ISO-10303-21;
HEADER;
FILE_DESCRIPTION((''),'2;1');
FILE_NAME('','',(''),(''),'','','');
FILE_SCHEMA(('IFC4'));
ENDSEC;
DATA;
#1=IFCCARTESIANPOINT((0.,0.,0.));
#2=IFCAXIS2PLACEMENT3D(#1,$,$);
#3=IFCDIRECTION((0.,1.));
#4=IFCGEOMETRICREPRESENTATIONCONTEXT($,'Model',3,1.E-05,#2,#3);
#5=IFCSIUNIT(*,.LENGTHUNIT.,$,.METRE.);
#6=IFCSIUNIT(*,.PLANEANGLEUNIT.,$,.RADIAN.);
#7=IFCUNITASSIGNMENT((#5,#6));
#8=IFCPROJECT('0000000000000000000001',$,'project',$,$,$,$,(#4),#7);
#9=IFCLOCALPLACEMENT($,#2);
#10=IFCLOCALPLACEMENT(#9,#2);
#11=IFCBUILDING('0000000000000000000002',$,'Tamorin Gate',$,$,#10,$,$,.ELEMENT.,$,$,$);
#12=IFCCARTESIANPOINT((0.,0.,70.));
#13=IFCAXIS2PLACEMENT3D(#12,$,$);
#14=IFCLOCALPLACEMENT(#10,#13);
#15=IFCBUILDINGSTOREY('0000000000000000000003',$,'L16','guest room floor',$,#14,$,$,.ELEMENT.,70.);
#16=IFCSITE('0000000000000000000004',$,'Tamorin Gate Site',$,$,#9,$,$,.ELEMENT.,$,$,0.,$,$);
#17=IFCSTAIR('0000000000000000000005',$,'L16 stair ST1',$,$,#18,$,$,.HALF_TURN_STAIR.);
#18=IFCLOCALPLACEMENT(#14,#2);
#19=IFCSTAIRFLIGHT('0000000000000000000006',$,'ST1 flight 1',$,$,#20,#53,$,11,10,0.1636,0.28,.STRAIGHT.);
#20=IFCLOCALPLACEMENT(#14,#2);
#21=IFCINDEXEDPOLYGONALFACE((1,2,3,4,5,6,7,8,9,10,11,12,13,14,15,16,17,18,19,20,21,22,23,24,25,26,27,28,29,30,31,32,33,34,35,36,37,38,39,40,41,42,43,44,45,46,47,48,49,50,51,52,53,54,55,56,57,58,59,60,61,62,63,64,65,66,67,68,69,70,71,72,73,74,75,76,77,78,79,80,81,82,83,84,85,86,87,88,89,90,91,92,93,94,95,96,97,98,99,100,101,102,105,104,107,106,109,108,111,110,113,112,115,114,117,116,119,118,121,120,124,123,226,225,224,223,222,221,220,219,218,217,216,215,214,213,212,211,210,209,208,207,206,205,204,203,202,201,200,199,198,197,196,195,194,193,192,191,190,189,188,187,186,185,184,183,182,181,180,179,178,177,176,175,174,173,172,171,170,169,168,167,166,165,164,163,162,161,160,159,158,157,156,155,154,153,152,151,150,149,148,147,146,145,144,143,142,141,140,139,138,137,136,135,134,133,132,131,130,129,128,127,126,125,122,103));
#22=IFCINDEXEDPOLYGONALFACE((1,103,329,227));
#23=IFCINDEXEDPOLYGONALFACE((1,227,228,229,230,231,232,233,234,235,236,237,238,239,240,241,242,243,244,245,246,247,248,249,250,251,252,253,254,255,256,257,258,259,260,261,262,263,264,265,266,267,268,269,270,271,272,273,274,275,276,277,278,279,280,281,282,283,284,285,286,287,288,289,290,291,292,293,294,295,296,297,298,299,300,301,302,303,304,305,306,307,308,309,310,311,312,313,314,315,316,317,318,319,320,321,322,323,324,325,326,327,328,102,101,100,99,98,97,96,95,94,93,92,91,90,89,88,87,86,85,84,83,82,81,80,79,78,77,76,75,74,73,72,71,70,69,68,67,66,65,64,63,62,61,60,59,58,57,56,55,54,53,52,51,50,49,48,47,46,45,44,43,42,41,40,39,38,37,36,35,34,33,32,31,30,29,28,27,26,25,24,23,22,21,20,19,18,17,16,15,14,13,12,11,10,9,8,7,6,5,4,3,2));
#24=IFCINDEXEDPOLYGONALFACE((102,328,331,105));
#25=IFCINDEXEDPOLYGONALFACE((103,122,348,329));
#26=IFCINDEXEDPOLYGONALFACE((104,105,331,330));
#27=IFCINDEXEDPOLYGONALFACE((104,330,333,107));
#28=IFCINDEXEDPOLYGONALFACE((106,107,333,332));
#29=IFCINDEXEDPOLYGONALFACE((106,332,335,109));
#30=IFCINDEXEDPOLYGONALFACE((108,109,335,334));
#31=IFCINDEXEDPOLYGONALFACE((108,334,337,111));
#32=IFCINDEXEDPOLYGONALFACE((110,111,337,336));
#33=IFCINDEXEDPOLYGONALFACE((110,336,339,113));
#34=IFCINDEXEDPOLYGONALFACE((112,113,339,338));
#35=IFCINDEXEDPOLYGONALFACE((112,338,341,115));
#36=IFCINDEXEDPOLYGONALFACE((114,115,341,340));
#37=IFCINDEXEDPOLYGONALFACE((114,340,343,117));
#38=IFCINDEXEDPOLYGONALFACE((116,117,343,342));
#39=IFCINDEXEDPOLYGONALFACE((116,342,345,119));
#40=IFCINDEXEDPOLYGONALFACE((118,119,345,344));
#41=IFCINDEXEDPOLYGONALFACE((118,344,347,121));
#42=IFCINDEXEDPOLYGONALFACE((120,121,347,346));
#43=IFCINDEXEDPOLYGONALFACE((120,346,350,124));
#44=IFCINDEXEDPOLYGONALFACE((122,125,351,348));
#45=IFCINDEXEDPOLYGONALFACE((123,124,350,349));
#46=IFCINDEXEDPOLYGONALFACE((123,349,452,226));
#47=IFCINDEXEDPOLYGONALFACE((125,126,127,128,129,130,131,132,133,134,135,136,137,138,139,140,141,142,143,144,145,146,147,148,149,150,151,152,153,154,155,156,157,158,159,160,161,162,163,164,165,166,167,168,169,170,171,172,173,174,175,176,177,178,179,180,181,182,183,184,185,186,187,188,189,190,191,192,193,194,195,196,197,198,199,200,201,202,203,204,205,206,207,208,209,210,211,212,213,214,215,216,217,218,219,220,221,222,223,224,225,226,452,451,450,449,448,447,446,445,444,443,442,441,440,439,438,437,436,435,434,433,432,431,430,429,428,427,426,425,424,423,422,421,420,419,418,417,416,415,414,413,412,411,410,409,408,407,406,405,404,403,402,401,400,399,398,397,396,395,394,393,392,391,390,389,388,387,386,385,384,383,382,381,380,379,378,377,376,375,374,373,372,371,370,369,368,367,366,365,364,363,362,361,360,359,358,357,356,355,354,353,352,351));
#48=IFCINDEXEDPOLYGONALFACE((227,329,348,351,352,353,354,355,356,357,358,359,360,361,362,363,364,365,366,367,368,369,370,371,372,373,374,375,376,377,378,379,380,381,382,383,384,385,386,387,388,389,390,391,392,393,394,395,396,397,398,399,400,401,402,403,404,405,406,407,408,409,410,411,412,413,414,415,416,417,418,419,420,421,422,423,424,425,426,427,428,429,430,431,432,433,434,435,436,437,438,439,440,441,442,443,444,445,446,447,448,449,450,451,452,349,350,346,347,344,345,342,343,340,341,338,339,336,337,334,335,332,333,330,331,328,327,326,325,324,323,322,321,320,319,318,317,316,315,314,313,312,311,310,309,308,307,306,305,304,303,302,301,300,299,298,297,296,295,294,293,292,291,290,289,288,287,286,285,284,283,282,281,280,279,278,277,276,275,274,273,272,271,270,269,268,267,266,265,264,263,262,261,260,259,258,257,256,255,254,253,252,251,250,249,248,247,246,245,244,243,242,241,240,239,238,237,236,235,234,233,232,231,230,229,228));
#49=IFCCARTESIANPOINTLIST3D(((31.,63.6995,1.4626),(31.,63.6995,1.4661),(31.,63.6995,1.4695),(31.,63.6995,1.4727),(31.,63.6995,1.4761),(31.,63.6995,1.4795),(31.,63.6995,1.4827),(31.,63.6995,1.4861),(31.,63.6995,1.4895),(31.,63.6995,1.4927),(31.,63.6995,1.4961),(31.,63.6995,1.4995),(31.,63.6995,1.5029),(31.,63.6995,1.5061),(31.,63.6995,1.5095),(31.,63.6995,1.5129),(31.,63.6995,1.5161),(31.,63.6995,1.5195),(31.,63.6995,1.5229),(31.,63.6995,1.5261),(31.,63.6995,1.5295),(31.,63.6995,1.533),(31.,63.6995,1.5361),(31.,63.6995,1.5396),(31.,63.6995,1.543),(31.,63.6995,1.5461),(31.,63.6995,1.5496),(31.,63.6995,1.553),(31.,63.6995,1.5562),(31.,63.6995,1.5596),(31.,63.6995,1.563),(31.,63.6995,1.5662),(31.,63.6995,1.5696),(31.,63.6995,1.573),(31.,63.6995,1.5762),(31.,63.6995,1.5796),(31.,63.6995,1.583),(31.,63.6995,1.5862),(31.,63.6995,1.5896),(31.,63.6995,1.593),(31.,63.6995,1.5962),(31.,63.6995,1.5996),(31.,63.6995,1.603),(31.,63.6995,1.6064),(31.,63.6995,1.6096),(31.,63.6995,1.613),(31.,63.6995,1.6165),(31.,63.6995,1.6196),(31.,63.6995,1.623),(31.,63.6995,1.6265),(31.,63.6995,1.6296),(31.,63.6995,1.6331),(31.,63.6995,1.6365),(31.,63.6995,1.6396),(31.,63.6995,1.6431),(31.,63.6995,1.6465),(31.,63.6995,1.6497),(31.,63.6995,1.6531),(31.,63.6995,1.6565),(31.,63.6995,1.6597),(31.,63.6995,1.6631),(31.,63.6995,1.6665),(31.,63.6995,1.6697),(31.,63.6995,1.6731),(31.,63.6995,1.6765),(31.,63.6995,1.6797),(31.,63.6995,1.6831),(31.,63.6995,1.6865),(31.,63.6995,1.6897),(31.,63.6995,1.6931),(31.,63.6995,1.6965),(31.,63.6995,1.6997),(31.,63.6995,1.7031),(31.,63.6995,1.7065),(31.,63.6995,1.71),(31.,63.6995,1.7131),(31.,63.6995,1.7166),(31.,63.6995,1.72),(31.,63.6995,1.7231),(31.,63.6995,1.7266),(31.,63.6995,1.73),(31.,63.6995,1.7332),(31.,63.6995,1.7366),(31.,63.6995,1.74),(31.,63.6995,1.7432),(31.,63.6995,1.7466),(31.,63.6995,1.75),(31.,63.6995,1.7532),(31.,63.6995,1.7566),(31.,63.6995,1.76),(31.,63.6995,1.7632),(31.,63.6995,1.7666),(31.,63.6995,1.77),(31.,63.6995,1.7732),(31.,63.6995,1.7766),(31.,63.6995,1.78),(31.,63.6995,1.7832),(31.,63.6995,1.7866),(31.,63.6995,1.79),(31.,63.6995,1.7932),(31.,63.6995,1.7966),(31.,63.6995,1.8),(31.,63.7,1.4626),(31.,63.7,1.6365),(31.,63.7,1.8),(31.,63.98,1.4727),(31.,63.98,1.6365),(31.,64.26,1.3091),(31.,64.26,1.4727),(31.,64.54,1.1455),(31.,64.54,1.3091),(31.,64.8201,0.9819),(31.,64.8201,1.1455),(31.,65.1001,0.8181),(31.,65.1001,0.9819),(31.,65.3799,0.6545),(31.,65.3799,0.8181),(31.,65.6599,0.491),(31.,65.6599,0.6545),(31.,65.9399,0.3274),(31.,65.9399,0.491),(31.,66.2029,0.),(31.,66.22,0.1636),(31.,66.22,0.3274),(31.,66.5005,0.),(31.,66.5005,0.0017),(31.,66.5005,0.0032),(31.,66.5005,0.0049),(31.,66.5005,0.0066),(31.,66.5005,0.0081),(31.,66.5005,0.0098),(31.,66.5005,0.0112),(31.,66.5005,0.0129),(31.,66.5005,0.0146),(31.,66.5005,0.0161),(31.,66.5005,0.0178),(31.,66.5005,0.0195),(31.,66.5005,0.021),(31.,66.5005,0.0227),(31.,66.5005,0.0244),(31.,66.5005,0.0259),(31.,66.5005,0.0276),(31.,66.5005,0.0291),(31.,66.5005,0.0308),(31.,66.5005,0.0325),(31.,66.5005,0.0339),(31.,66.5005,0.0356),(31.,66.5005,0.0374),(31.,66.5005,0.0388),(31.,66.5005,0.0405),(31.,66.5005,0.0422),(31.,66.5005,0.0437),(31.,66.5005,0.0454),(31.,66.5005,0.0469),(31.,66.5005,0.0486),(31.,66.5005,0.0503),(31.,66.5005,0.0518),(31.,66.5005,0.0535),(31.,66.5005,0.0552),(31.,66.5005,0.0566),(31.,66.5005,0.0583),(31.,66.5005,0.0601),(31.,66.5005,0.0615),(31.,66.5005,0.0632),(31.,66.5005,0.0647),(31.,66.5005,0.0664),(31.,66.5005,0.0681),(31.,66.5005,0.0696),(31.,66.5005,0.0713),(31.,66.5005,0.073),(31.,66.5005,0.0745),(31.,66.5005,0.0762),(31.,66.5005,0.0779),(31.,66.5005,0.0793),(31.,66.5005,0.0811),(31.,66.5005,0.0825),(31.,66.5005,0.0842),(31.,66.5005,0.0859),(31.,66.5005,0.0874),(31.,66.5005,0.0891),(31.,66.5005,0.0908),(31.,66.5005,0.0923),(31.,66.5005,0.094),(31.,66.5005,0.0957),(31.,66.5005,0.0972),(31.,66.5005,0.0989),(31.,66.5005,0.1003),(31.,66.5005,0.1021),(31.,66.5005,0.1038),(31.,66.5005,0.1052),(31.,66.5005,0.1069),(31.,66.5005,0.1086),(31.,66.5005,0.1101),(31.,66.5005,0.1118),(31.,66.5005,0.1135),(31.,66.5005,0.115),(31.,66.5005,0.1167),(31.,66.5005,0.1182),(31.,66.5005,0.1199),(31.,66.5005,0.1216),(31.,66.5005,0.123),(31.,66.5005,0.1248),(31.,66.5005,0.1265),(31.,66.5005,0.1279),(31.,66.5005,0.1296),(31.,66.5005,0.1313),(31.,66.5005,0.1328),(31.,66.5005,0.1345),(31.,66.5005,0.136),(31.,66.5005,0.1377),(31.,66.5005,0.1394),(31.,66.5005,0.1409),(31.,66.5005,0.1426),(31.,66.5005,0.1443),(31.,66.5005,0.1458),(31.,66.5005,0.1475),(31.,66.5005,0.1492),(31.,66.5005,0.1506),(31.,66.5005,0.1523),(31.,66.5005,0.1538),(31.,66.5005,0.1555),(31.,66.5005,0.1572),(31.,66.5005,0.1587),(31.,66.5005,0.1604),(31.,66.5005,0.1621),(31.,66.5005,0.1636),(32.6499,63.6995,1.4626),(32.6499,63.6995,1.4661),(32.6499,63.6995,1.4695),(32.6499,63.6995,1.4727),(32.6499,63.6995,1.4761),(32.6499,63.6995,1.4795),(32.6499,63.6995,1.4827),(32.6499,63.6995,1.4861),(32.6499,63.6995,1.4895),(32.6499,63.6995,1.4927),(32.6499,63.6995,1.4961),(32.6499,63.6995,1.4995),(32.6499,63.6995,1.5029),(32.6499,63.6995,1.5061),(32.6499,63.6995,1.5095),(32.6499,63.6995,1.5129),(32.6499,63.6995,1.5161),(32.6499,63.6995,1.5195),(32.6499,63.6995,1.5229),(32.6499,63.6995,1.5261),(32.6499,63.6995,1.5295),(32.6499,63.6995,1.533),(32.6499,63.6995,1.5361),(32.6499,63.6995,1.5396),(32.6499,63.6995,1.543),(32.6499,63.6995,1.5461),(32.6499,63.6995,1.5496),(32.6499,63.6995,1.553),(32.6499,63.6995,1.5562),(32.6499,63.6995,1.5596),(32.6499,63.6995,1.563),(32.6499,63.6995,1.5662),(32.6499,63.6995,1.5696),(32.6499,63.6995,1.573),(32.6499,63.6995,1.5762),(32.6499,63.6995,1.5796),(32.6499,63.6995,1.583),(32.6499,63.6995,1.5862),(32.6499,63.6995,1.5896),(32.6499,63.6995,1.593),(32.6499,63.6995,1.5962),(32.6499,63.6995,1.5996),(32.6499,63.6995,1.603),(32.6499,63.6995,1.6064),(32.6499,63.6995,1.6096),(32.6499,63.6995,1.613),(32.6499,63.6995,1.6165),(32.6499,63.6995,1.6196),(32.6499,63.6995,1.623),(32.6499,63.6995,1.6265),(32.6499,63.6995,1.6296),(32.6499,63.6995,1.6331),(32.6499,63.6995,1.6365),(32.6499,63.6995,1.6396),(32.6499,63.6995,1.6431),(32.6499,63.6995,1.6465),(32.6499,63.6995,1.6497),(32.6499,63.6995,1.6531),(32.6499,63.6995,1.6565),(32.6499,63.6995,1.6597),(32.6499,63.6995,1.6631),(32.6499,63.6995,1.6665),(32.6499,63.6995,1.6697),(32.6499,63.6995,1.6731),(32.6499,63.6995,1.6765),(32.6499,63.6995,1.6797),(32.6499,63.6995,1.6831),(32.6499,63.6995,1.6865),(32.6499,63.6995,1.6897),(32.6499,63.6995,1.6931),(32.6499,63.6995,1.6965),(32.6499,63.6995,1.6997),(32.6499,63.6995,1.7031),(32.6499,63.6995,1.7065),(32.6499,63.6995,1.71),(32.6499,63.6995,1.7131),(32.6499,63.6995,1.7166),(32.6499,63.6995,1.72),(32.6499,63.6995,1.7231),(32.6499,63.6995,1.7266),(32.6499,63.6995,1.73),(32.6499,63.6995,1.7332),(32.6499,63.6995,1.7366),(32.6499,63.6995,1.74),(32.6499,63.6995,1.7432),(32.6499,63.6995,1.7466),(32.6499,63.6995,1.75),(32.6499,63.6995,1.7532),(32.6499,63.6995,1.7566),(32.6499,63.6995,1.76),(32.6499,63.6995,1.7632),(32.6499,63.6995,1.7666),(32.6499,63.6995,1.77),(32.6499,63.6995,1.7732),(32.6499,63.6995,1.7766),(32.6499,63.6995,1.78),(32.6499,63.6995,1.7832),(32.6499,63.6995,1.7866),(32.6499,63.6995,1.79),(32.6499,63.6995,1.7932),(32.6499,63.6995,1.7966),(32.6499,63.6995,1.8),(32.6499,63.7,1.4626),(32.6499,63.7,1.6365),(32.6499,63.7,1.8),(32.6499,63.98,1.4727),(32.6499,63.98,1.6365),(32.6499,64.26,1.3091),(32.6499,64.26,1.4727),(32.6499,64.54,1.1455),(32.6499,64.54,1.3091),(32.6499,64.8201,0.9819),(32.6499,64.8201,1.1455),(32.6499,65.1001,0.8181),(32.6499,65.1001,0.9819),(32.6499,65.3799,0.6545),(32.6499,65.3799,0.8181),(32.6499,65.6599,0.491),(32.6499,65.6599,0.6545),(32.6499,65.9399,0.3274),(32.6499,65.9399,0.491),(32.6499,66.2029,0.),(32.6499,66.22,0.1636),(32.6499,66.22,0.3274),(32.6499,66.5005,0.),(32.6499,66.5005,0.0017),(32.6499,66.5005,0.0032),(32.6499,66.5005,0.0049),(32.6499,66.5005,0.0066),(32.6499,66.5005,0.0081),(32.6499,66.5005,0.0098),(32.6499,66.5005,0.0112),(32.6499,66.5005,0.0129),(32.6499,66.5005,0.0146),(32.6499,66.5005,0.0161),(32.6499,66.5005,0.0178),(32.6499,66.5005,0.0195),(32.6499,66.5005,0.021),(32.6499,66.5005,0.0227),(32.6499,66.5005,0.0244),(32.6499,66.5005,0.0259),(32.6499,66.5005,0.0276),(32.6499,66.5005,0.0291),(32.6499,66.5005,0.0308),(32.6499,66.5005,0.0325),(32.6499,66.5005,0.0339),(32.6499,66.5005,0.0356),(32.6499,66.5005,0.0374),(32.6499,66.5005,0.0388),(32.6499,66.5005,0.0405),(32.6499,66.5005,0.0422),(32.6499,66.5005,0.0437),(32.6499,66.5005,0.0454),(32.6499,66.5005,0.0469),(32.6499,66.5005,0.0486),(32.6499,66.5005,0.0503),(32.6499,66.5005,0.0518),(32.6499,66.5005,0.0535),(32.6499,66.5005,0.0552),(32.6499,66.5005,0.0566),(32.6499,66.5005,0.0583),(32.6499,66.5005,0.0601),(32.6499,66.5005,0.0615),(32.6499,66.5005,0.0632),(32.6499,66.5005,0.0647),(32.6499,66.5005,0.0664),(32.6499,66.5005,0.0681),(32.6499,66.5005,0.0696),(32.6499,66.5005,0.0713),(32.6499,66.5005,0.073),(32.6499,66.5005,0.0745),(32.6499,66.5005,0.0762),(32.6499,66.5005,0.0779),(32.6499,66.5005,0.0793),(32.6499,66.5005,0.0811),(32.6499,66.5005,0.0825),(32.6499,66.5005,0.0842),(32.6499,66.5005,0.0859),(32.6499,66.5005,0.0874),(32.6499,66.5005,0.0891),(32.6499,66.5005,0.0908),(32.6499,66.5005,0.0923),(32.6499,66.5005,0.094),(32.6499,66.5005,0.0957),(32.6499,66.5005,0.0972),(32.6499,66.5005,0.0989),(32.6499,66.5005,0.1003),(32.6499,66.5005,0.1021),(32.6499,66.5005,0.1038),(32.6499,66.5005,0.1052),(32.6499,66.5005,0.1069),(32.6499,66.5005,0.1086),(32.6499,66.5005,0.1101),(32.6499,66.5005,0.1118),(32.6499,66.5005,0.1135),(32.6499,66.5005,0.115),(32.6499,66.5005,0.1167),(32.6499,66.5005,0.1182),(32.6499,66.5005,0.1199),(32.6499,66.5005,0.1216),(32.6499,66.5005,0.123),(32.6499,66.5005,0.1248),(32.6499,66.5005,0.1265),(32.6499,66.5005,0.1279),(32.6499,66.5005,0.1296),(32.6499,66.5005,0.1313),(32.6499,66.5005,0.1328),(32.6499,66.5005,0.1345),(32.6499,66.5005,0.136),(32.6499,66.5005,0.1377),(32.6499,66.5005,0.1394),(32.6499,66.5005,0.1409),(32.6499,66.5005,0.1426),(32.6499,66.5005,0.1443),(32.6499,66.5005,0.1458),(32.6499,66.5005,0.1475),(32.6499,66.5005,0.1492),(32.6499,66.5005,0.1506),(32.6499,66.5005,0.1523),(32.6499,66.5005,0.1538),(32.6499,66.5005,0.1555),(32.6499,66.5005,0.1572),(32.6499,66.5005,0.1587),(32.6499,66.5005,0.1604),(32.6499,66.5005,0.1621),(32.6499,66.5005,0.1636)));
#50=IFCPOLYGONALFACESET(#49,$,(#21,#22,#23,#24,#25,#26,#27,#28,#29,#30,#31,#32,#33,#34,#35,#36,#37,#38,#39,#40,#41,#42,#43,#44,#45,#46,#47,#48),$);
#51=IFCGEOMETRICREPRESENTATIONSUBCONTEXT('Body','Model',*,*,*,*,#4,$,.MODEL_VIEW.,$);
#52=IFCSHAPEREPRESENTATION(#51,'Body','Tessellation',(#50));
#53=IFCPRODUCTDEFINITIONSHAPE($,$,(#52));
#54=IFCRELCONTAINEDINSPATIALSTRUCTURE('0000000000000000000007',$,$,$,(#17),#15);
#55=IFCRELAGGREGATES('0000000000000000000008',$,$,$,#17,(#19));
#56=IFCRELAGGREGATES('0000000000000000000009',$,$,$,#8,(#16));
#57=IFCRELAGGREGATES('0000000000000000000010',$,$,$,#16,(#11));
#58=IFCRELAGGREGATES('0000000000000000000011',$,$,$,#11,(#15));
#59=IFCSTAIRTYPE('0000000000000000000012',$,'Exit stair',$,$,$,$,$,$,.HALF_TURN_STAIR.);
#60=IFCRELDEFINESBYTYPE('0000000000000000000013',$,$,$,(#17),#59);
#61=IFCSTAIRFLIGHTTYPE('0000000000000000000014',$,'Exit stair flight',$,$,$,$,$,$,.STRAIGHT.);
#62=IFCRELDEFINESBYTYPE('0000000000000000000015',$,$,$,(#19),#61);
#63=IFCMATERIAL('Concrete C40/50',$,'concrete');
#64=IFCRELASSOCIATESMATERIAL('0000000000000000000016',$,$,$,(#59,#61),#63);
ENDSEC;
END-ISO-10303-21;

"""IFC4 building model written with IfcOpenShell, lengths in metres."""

from ifc_helpers import new_model, si_unit, direction, frame, origin, place, context, subcontext, project, spatial, polyline, outline, extrude, material, type_object, element, aggregate, save


model = new_model("IFC4")

# Units and contexts
model_context = context("Model", 3, precision=1e-05, world=origin(), true_north=direction((0.0, 1.0)))
body_context = subcontext(model_context, "Body", "Model", "MODEL_VIEW")
ifc_project = project(units=[si_unit("LENGTHUNIT", "METRE"), si_unit("PLANEANGLEUNIT", "RADIAN")], contexts=[model_context])

# Site, building, storey
site_placement = place(None, origin())
site = spatial("IfcSite", under=ifc_project, at=site_placement, Name="Tamorin Gate Site", CompositionType="ELEMENT", RefElevation=0.0)
building_placement = place(site_placement, origin())
building = spatial("IfcBuilding", under=site, at=building_placement, Name="Tamorin Gate", CompositionType="ELEMENT")
storey_placement = place(building_placement, frame((0.0, 0.0, 70.0)))
storey = spatial("IfcBuildingStorey", under=building, at=storey_placement, Name="L16", Description="guest room floor", CompositionType="ELEMENT", Elevation=70.0)

# Shared definitions
ifc_material_1 = material(Name="Concrete C40/50", Category="concrete")

# Stair, stair flight
stair_type = type_object("IfcStairType", Name="Exit stair", PredefinedType="HALF_TURN_STAIR", material=ifc_material_1)
stair_placement = place(storey_placement, origin())
stair = element("IfcStair", 1, at=stair_placement, inside=storey, type_object=stair_type, Name="L16 stair ST1", PredefinedType="HALF_TURN_STAIR")
stair_flight_type = type_object("IfcStairFlightType", Name="Exit stair flight", PredefinedType="STRAIGHT", material=ifc_material_1)
stair_flight_1_placement = place(storey_placement, frame((31.825, 66.5, 0.0), z_axis=(0.0, 0.0, 1.0), x_axis=(0.0, -1.0, 0.0)))
stair_flight_1 = element("IfcStairFlight", 2, at=stair_flight_1_placement, type_object=stair_flight_type, Name="ST1 flight 1", NumberOfRisers=11, NumberOfTreads=10, PredefinedType="STRAIGHT", RiserHeight=0.1636, TreadLength=0.28, context=body_context, shape_type="SweptSolid", body=[
    extrude(outline(polyline([(-0.0005, 0.0), (-0.0005, 0.0017), (-0.0005, 0.0032), (-0.0005, 0.0049), (-0.0005, 0.0066), (-0.0005, 0.0081), (-0.0005, 0.0098), (-0.0005, 0.0112), (-0.0005, 0.0129), (-0.0005, 0.0146), (-0.0005, 0.0161), (-0.0005, 0.0178), (-0.0005, 0.0195), (-0.0005, 0.021), (-0.0005, 0.0227), (-0.0005, 0.0244), (-0.0005, 0.0259), (-0.0005, 0.0276), (-0.0005, 0.0291), (-0.0005, 0.0308), (-0.0005, 0.0325), (-0.0005, 0.0339), (-0.0005, 0.0356), (-0.0005, 0.0374), (-0.0005, 0.0388), (-0.0005, 0.0405), (-0.0005, 0.0422), (-0.0005, 0.0437), (-0.0005, 0.0454), (-0.0005, 0.0469), (-0.0005, 0.0486), (-0.0005, 0.0503), (-0.0005, 0.0518), (-0.0005, 0.0535), (-0.0005, 0.0552), (-0.0005, 0.0566), (-0.0005, 0.0583), (-0.0005, 0.0601), (-0.0005, 0.0615), (-0.0005, 0.0632), (-0.0005, 0.0647), (-0.0005, 0.0664), (-0.0005, 0.0681), (-0.0005, 0.0696), (-0.0005, 0.0713), (-0.0005, 0.073), (-0.0005, 0.0745), (-0.0005, 0.0762), (-0.0005, 0.0779), (-0.0005, 0.0793), (-0.0005, 0.0811), (-0.0005, 0.0825), (-0.0005, 0.0842), (-0.0005, 0.0859), (-0.0005, 0.0874), (-0.0005, 0.0891), (-0.0005, 0.0908), (-0.0005, 0.0923), (-0.0005, 0.094), (-0.0005, 0.0957), (-0.0005, 0.0972), (-0.0005, 0.0989), (-0.0005, 0.1003), (-0.0005, 0.1021), (-0.0005, 0.1038), (-0.0005, 0.1052), (-0.0005, 0.1069), (-0.0005, 0.1086), (-0.0005, 0.1101), (-0.0005, 0.1118), (-0.0005, 0.1135), (-0.0005, 0.115), (-0.0005, 0.1167), (-0.0005, 0.1182), (-0.0005, 0.1199), (-0.0005, 0.1216), (-0.0005, 0.123), (-0.0005, 0.1248), (-0.0005, 0.1265), (-0.0005, 0.1279), (-0.0005, 0.1296), (-0.0005, 0.1313), (-0.0005, 0.1328), (-0.0005, 0.1345), (-0.0005, 0.136), (-0.0005, 0.1377), (-0.0005, 0.1394), (-0.0005, 0.1409), (-0.0005, 0.1426), (-0.0005, 0.1443), (-0.0005, 0.1458), (-0.0005, 0.1475), (-0.0005, 0.1492), (-0.0005, 0.1506), (-0.0005, 0.1523), (-0.0005, 0.1538), (-0.0005, 0.1555), (-0.0005, 0.1572), (-0.0005, 0.1587), (-0.0005, 0.1604), (-0.0005, 0.1621), (-0.0005, 0.1636), (0.28, 0.1636), (0.28, 0.3274), (0.5601, 0.3274), (0.5601, 0.491), (0.8401, 0.491), (0.8401, 0.6545), (1.1201, 0.6545), (1.1201, 0.8181), (1.3999, 0.8181), (1.3999, 0.9819), (1.6799, 0.9819), (1.6799, 1.1455), (1.96, 1.1455), (1.96, 1.3091), (2.24, 1.3091), (2.24, 1.4727), (2.52, 1.4727), (2.52, 1.6365), (2.8, 1.6365), (2.8, 1.8), (2.8005, 1.8), (2.8005, 1.7966), (2.8005, 1.7932), (2.8005, 1.79), (2.8005, 1.7866), (2.8005, 1.7832), (2.8005, 1.78), (2.8005, 1.7766), (2.8005, 1.7732), (2.8005, 1.77), (2.8005, 1.7666), (2.8005, 1.7632), (2.8005, 1.76), (2.8005, 1.7566), (2.8005, 1.7532), (2.8005, 1.75), (2.8005, 1.7466), (2.8005, 1.7432), (2.8005, 1.74), (2.8005, 1.7366), (2.8005, 1.7332), (2.8005, 1.73), (2.8005, 1.7266), (2.8005, 1.7231), (2.8005, 1.72), (2.8005, 1.7166), (2.8005, 1.7131), (2.8005, 1.71), (2.8005, 1.7065), (2.8005, 1.7031), (2.8005, 1.6997), (2.8005, 1.6965), (2.8005, 1.6931), (2.8005, 1.6897), (2.8005, 1.6865), (2.8005, 1.6831), (2.8005, 1.6797), (2.8005, 1.6765), (2.8005, 1.6731), (2.8005, 1.6697), (2.8005, 1.6665), (2.8005, 1.6631), (2.8005, 1.6597), (2.8005, 1.6565), (2.8005, 1.6531), (2.8005, 1.6497), (2.8005, 1.6465), (2.8005, 1.6431), (2.8005, 1.6396), (2.8005, 1.6365), (2.8005, 1.6331), (2.8005, 1.6296), (2.8005, 1.6265), (2.8005, 1.623), (2.8005, 1.6196), (2.8005, 1.6165), (2.8005, 1.613), (2.8005, 1.6096), (2.8005, 1.6064), (2.8005, 1.603), (2.8005, 1.5996), (2.8005, 1.5962), (2.8005, 1.593), (2.8005, 1.5896), (2.8005, 1.5862), (2.8005, 1.583), (2.8005, 1.5796), (2.8005, 1.5762), (2.8005, 1.573), (2.8005, 1.5696), (2.8005, 1.5662), (2.8005, 1.563), (2.8005, 1.5596), (2.8005, 1.5562), (2.8005, 1.553), (2.8005, 1.5496), (2.8005, 1.5461), (2.8005, 1.543), (2.8005, 1.5396), (2.8005, 1.5361), (2.8005, 1.533), (2.8005, 1.5295), (2.8005, 1.5261), (2.8005, 1.5229), (2.8005, 1.5195), (2.8005, 1.5161), (2.8005, 1.5129), (2.8005, 1.5095), (2.8005, 1.5061), (2.8005, 1.5029), (2.8005, 1.4995), (2.8005, 1.4961), (2.8005, 1.4927), (2.8005, 1.4895), (2.8005, 1.4861), (2.8005, 1.4827), (2.8005, 1.4795), (2.8005, 1.4761), (2.8005, 1.4727), (2.8005, 1.4695), (2.8005, 1.4661), (2.8005, 1.4626), (2.8, 1.4626), (0.2971, 0.0), (-0.0005, 0.0)])), frame((0.0, 0.825, 0.0), z_axis=(0.0, -1.0, 0.0), x_axis=(1.0, 0.0, 0.0)), (0.0, 0.0, 1.0), 1.6499),
])
aggregate(stair, [stair_flight_1])

save(model, "model.ifc")
